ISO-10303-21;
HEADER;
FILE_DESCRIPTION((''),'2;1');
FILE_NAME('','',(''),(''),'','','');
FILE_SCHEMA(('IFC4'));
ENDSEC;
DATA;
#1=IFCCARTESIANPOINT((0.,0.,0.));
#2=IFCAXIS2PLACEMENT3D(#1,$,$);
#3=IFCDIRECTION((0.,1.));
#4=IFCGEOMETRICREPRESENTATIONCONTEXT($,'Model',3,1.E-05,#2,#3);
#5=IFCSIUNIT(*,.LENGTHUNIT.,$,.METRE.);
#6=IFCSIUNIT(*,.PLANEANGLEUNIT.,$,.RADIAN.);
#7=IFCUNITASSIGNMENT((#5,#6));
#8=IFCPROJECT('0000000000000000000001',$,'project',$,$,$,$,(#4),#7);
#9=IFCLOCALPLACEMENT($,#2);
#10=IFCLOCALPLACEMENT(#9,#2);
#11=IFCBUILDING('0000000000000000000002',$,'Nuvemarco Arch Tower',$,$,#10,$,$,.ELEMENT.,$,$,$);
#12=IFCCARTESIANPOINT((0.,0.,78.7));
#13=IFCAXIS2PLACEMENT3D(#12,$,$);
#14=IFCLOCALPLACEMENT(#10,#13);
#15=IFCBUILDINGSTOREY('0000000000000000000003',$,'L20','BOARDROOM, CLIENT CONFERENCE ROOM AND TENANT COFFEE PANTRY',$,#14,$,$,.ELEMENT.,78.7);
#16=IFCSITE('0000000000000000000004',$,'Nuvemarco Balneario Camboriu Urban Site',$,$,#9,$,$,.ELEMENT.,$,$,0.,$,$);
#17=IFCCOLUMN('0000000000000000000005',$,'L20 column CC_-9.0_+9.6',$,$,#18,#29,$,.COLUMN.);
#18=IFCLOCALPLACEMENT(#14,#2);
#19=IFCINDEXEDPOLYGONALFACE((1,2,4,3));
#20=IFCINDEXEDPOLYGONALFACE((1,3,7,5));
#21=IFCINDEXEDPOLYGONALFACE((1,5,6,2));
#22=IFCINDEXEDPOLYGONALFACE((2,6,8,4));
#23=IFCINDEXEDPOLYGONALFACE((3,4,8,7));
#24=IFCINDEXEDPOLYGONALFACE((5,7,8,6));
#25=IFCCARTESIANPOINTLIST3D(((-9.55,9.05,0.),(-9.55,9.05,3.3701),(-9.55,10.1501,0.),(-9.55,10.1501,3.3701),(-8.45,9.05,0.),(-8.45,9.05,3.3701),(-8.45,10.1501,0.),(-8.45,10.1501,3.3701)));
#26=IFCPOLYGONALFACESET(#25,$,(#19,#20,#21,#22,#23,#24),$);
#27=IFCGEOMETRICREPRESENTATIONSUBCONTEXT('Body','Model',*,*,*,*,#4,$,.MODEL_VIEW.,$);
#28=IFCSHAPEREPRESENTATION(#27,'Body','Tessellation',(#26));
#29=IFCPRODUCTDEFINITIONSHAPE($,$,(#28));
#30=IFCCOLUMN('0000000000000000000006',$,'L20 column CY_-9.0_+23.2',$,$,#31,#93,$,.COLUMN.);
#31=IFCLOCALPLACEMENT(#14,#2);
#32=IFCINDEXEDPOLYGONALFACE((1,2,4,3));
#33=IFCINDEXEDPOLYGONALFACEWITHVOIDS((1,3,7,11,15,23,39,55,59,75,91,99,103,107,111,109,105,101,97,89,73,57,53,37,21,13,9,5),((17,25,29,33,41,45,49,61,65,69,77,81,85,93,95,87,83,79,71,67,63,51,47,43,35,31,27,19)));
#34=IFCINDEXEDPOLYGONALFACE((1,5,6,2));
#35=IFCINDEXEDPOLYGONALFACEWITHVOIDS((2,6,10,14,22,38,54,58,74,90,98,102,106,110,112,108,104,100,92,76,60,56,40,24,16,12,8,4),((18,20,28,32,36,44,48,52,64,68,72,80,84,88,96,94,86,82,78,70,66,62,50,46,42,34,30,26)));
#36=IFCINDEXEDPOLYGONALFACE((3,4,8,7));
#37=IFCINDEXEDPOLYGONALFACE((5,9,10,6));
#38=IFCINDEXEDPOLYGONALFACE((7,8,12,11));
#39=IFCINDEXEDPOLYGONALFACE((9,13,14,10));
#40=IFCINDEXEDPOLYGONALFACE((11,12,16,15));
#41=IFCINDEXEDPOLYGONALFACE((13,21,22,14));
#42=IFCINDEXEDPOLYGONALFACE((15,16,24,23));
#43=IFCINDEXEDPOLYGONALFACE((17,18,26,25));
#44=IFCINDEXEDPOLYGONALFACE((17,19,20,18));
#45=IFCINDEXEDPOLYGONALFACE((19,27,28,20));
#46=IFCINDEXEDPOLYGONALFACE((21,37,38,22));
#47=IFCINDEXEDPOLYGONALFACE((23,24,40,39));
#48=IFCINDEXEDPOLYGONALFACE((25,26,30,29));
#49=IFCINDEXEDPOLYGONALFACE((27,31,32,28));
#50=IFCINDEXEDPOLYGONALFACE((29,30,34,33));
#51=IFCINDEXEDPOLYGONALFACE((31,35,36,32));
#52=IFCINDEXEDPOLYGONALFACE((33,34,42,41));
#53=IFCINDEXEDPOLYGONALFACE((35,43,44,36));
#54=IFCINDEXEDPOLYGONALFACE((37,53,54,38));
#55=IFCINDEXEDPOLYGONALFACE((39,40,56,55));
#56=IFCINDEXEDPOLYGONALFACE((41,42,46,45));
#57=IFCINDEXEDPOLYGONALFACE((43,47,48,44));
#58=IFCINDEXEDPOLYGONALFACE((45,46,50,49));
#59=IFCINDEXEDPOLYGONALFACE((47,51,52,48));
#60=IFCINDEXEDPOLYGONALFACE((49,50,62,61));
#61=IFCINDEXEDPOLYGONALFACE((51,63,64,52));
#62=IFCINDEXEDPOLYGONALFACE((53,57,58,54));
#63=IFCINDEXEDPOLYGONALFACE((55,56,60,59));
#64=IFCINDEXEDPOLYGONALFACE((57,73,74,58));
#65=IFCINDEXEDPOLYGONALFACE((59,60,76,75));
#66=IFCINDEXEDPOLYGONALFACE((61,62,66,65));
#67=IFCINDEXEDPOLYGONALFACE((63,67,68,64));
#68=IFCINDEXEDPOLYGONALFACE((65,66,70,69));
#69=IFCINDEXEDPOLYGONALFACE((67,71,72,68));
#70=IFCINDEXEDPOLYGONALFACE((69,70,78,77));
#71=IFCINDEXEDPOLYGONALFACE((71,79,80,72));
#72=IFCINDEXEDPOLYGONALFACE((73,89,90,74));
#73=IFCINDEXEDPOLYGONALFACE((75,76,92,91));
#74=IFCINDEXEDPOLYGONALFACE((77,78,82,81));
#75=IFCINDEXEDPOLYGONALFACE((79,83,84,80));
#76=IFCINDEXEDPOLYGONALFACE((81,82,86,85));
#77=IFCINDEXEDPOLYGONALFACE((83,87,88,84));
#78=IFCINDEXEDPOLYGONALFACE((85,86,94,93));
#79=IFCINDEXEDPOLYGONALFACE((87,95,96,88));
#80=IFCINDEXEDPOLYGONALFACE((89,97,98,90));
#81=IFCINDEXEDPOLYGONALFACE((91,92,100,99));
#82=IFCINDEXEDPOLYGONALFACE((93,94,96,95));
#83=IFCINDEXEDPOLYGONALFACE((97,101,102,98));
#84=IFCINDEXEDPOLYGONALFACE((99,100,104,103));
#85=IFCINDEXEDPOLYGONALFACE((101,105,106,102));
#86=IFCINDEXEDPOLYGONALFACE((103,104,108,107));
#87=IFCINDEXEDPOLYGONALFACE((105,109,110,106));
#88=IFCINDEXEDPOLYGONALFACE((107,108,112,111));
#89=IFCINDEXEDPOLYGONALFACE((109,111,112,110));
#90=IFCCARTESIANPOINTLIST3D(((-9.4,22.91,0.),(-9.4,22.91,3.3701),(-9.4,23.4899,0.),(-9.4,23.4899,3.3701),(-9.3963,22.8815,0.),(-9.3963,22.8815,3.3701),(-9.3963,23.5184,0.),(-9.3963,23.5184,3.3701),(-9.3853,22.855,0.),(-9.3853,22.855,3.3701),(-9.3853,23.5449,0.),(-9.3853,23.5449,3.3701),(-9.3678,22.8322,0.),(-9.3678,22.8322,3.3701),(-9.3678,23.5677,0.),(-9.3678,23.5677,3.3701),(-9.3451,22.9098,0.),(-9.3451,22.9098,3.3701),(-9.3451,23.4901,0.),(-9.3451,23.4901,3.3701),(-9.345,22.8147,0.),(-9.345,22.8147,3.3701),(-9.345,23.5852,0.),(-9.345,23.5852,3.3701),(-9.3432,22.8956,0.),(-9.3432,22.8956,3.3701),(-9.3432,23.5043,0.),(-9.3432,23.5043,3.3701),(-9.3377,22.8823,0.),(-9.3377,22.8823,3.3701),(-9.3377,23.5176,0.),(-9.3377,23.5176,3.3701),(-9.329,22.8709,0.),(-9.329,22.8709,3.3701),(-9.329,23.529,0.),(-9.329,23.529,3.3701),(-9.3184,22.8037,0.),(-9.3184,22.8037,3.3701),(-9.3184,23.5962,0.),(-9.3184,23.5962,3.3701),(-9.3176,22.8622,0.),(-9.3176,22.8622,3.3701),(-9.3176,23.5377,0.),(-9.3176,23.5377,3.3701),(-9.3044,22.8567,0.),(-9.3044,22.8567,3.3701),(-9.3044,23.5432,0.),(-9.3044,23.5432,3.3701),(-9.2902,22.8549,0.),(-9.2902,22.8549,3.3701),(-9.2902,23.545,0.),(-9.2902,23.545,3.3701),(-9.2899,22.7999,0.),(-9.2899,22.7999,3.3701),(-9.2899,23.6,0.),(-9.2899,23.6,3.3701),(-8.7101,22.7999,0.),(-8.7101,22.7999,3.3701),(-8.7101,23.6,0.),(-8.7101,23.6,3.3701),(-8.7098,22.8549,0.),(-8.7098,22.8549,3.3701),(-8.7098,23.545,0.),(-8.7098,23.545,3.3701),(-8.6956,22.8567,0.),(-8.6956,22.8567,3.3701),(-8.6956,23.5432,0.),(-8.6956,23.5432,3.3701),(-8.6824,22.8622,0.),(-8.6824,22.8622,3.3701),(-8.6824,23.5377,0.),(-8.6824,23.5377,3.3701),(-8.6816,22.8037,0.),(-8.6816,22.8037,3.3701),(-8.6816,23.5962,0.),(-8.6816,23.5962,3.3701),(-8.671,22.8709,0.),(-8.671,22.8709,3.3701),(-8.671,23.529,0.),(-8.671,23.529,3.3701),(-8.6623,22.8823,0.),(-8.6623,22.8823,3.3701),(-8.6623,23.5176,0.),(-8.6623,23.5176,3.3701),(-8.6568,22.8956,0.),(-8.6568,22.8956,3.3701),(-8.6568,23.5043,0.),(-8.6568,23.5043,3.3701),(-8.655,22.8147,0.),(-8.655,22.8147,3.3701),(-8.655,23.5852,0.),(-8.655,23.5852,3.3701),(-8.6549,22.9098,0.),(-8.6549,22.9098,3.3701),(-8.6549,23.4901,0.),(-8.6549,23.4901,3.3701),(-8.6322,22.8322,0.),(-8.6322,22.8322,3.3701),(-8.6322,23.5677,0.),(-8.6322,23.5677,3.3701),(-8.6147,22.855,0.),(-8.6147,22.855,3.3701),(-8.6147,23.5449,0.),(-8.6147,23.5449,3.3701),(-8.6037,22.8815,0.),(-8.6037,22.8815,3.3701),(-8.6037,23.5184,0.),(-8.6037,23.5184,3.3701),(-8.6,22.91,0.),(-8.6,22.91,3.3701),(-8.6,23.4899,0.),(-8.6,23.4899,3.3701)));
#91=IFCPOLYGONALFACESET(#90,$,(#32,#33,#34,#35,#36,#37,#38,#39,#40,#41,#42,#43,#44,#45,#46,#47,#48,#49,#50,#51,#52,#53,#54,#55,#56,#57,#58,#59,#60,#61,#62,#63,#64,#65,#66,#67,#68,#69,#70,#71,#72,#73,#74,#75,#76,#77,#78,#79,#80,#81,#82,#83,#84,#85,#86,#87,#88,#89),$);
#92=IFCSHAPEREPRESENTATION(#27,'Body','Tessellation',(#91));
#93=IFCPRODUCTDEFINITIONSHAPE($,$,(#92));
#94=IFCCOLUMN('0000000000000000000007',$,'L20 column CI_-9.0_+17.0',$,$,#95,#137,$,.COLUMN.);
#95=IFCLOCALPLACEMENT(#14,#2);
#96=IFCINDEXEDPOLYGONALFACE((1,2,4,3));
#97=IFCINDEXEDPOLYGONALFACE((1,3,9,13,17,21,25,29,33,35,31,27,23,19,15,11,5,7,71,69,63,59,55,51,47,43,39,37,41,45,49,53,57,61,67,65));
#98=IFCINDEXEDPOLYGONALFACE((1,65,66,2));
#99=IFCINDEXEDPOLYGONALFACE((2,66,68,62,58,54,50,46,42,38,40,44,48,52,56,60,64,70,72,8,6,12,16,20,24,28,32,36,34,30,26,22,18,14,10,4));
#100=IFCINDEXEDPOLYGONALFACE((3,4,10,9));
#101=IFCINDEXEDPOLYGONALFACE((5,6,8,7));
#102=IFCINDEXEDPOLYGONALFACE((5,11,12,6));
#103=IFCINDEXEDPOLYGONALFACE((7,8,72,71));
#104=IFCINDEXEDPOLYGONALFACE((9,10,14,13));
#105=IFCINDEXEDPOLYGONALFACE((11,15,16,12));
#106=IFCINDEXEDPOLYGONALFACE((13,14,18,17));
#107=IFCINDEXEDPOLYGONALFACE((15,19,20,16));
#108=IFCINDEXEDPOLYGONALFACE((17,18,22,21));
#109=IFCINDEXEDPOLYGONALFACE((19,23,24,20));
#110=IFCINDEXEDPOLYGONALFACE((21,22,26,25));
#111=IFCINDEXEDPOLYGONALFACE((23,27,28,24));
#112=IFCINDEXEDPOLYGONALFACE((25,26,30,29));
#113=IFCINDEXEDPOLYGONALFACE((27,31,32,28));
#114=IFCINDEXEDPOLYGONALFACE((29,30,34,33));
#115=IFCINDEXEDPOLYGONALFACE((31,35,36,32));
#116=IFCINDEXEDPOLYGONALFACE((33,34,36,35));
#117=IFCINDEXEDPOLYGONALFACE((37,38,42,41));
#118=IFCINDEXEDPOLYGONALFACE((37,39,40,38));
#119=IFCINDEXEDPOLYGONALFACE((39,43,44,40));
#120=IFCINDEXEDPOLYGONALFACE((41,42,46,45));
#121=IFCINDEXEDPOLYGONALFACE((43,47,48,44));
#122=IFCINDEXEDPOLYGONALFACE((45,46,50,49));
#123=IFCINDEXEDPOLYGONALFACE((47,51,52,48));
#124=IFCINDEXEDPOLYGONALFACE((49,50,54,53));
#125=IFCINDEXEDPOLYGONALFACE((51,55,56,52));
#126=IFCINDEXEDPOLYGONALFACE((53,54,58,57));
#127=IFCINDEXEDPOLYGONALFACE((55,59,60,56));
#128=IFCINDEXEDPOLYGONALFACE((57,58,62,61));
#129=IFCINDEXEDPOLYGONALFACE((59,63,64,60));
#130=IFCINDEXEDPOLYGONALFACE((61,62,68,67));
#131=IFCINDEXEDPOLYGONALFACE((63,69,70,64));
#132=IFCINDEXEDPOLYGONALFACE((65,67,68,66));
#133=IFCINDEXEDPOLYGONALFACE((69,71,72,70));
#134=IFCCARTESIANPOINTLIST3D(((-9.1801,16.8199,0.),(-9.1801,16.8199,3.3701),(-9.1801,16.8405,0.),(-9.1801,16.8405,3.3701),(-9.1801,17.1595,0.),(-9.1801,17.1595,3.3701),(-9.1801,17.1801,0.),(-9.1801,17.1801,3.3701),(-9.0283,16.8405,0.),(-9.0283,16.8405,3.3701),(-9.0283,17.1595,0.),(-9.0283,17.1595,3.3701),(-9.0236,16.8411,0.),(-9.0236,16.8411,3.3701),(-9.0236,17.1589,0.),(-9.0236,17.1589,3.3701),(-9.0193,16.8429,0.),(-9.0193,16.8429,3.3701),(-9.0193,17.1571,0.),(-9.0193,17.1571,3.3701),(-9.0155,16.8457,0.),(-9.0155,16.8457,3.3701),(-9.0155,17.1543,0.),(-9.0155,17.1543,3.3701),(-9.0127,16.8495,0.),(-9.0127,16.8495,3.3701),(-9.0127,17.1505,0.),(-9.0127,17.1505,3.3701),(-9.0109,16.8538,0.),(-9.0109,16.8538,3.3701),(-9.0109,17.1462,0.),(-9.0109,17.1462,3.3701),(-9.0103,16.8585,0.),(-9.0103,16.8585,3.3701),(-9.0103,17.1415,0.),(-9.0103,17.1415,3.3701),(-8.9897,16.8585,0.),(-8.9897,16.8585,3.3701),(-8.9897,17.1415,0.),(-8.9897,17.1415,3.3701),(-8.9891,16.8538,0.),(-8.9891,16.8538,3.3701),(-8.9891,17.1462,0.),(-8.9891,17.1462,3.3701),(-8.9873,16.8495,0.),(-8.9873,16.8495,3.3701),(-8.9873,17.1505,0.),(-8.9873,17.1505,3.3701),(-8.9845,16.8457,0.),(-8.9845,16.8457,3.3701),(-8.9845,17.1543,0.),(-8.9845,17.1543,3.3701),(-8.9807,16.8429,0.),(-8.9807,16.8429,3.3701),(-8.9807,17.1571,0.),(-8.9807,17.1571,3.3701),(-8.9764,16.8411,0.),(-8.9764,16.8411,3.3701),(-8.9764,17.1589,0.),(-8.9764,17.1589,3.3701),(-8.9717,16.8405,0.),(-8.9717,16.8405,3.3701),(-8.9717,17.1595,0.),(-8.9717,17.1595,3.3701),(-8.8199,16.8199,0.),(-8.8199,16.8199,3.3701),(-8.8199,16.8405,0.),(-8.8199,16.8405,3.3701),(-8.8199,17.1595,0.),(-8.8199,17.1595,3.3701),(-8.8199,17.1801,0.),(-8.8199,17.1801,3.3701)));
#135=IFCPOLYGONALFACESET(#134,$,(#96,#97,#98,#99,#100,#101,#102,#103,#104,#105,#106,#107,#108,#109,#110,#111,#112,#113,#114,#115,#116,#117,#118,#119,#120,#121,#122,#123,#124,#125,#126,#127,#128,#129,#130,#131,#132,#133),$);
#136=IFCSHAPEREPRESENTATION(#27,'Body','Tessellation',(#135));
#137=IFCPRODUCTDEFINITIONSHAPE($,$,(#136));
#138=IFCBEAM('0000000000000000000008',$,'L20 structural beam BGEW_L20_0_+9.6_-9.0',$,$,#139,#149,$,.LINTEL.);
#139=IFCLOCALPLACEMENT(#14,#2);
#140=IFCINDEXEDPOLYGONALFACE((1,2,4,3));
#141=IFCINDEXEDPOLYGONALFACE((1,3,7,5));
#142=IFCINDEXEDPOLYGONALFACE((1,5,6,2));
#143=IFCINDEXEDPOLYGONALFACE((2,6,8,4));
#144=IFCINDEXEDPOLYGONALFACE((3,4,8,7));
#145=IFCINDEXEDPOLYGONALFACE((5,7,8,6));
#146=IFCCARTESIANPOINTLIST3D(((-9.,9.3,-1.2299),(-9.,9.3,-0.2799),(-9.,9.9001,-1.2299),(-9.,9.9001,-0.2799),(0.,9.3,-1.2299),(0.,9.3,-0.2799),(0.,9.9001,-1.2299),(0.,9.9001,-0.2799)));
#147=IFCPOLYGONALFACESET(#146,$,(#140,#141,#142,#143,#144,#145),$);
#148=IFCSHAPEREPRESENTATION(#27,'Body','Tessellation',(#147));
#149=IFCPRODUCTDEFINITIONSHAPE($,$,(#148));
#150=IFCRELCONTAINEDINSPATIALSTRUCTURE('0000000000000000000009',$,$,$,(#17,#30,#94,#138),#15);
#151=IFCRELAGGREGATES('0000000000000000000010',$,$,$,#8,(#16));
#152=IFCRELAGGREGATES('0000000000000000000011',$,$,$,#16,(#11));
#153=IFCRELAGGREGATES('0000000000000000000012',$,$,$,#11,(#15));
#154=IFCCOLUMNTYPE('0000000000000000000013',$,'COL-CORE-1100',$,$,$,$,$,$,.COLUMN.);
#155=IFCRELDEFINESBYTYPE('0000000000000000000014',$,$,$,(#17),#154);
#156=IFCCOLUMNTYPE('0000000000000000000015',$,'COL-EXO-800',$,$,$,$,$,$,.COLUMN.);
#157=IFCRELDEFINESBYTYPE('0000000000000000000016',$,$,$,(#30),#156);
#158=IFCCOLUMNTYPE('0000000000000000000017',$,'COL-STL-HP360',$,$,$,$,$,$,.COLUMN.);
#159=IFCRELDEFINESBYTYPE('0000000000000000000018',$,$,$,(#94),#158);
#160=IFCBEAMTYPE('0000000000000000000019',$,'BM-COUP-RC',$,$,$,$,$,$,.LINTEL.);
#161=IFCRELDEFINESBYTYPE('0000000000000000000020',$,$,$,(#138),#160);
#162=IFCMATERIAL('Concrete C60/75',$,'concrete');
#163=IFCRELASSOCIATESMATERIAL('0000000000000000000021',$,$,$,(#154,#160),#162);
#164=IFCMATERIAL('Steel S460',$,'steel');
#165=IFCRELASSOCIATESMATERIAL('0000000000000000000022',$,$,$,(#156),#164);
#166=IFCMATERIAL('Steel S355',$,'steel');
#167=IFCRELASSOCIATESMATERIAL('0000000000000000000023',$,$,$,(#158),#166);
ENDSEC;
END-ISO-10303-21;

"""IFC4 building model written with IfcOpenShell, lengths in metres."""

from ifc_helpers import new_model, si_unit, direction, frame, origin, origin_2d, place, context, subcontext, project, spatial, rectangle, hollow_rectangle, i_section, extrude, material, material_profile, profile_set, type_object, element, save


model = new_model("IFC4")

# Units and contexts
model_context = context("Model", 3, precision=1e-05, world=origin(), true_north=direction((0.0, 1.0)))
body_context = subcontext(model_context, "Body", "Model", "MODEL_VIEW")
ifc_project = project(units=[si_unit("LENGTHUNIT", "METRE"), si_unit("PLANEANGLEUNIT", "RADIAN")], contexts=[model_context])

# Site, building, storey
site_placement = place(None, origin())
site = spatial("IfcSite", under=ifc_project, at=site_placement, Name="Nuvemarco Balneario Camboriu Urban Site", CompositionType="ELEMENT", RefElevation=0.0)
building_placement = place(site_placement, origin())
building = spatial("IfcBuilding", under=site, at=building_placement, Name="Nuvemarco Arch Tower", CompositionType="ELEMENT")
storey_placement = place(building_placement, frame((0.0, 0.0, 78.7)))
storey = spatial("IfcBuildingStorey", under=building, at=storey_placement, Name="L20", Description="BOARDROOM, CLIENT CONFERENCE ROOM AND TENANT COFFEE PANTRY", CompositionType="ELEMENT", Elevation=78.7)

# Columns
ifc_material_1 = material(Name="Concrete C60/75", Category="concrete")
ifc_material_profile_1 = material_profile(ifc_material_1, rectangle(XDim=1.1001, YDim=1.1001, at=origin_2d()), Name="RC-COL-1100x1100")
ifc_profile_set_1 = profile_set([ifc_material_profile_1], Name="Concrete C60/75")
column_type_1 = type_object("IfcColumnType", Name="COL-CORE-1100", PredefinedType="COLUMN", material=ifc_profile_set_1)
column_1_placement = place(storey_placement, frame((-9.0, 9.6001, 0.0), z_axis=(0.0, 0.0, 1.0), x_axis=(1.0, 0.0, 0.0)))
element("IfcColumn", 1, at=column_1_placement, inside=storey, type_object=column_type_1, Name="L20 column CC_-9.0_+9.6", PredefinedType="COLUMN", context=body_context, shape_type="SweptSolid", body=[
    extrude(rectangle(XDim=1.1001, YDim=1.1001, at=origin_2d()), origin(), (0.0, 0.0, 1.0), 3.3701),
])
ifc_material_2 = material(Name="Steel S460", Category="steel")
ifc_material_profile_2 = material_profile(ifc_material_2, hollow_rectangle(XDim=0.8, YDim=0.8, WallThickness=0.0549, InnerFilletRadius=0.0549, OuterFilletRadius=0.1101, at=origin_2d()), Name="SHS800x800x55")
ifc_profile_set_2 = profile_set([ifc_material_profile_2], Name="Steel S460")
column_type_2 = type_object("IfcColumnType", Name="COL-EXO-800", PredefinedType="COLUMN", material=ifc_profile_set_2)
column_2_placement = place(storey_placement, frame((-9.0, 23.2, 0.0), z_axis=(0.0, 0.0, 1.0), x_axis=(1.0, 0.0, 0.0)))
element("IfcColumn", 2, at=column_2_placement, inside=storey, type_object=column_type_2, Name="L20 column CY_-9.0_+23.2", PredefinedType="COLUMN", context=body_context, shape_type="SweptSolid", body=[
    extrude(hollow_rectangle(XDim=0.8, YDim=0.8, WallThickness=0.0549, InnerFilletRadius=0.0549, OuterFilletRadius=0.1101, at=origin_2d()), origin(), (0.0, 0.0, 1.0), 3.3701),
])
ifc_material_3 = material(Name="Steel S355", Category="steel")
ifc_material_profile_3 = material_profile(ifc_material_3, i_section(OverallWidth=0.3601, OverallDepth=0.3601, WebThickness=0.0205, FlangeThickness=0.0205, FilletRadius=0.0181, at=origin_2d()), Name="HP360x174")
ifc_profile_set_3 = profile_set([ifc_material_profile_3], Name="Steel S355")
column_type_3 = type_object("IfcColumnType", Name="COL-STL-HP360", PredefinedType="COLUMN", material=ifc_profile_set_3)
column_3_placement = place(storey_placement, frame((-9.0, 17.0, 0.0), z_axis=(0.0, 0.0, 1.0), x_axis=(1.0, 0.0, 0.0)))
element("IfcColumn", 3, at=column_3_placement, inside=storey, type_object=column_type_3, Name="L20 column CI_-9.0_+17.0", PredefinedType="COLUMN", context=body_context, shape_type="SweptSolid", body=[
    extrude(i_section(OverallWidth=0.3601, OverallDepth=0.3601, WebThickness=0.0205, FlangeThickness=0.0205, FilletRadius=0.0181, at=origin_2d()), origin(), (0.0, 0.0, 1.0), 3.3701),
])

# Beam
ifc_material_profile_4 = material_profile(ifc_material_1, rectangle(XDim=0.6001, YDim=0.95, at=origin_2d()), Name="RC-BM-600x950")
ifc_profile_set_4 = profile_set([ifc_material_profile_4], Name="Concrete C60/75")
beam_type_1 = type_object("IfcBeamType", Name="BM-COUP-RC", PredefinedType="LINTEL", material=ifc_profile_set_4)
beam_1_placement = place(storey_placement, frame((-9.0, 9.6001, -0.7549), z_axis=(1.0, 0.0, 0.0), x_axis=(0.0, 1.0, 0.0)))
element("IfcBeam", 4, at=beam_1_placement, inside=storey, type_object=beam_type_1, Name="L20 structural beam BGEW_L20_0_+9.6_-9.0", PredefinedType="LINTEL", context=body_context, shape_type="SweptSolid", body=[
    extrude(rectangle(XDim=0.6001, YDim=0.95, at=origin_2d()), origin(), (0.0, 0.0, 1.0), 9.0),
])

save(model, "model.ifc")
